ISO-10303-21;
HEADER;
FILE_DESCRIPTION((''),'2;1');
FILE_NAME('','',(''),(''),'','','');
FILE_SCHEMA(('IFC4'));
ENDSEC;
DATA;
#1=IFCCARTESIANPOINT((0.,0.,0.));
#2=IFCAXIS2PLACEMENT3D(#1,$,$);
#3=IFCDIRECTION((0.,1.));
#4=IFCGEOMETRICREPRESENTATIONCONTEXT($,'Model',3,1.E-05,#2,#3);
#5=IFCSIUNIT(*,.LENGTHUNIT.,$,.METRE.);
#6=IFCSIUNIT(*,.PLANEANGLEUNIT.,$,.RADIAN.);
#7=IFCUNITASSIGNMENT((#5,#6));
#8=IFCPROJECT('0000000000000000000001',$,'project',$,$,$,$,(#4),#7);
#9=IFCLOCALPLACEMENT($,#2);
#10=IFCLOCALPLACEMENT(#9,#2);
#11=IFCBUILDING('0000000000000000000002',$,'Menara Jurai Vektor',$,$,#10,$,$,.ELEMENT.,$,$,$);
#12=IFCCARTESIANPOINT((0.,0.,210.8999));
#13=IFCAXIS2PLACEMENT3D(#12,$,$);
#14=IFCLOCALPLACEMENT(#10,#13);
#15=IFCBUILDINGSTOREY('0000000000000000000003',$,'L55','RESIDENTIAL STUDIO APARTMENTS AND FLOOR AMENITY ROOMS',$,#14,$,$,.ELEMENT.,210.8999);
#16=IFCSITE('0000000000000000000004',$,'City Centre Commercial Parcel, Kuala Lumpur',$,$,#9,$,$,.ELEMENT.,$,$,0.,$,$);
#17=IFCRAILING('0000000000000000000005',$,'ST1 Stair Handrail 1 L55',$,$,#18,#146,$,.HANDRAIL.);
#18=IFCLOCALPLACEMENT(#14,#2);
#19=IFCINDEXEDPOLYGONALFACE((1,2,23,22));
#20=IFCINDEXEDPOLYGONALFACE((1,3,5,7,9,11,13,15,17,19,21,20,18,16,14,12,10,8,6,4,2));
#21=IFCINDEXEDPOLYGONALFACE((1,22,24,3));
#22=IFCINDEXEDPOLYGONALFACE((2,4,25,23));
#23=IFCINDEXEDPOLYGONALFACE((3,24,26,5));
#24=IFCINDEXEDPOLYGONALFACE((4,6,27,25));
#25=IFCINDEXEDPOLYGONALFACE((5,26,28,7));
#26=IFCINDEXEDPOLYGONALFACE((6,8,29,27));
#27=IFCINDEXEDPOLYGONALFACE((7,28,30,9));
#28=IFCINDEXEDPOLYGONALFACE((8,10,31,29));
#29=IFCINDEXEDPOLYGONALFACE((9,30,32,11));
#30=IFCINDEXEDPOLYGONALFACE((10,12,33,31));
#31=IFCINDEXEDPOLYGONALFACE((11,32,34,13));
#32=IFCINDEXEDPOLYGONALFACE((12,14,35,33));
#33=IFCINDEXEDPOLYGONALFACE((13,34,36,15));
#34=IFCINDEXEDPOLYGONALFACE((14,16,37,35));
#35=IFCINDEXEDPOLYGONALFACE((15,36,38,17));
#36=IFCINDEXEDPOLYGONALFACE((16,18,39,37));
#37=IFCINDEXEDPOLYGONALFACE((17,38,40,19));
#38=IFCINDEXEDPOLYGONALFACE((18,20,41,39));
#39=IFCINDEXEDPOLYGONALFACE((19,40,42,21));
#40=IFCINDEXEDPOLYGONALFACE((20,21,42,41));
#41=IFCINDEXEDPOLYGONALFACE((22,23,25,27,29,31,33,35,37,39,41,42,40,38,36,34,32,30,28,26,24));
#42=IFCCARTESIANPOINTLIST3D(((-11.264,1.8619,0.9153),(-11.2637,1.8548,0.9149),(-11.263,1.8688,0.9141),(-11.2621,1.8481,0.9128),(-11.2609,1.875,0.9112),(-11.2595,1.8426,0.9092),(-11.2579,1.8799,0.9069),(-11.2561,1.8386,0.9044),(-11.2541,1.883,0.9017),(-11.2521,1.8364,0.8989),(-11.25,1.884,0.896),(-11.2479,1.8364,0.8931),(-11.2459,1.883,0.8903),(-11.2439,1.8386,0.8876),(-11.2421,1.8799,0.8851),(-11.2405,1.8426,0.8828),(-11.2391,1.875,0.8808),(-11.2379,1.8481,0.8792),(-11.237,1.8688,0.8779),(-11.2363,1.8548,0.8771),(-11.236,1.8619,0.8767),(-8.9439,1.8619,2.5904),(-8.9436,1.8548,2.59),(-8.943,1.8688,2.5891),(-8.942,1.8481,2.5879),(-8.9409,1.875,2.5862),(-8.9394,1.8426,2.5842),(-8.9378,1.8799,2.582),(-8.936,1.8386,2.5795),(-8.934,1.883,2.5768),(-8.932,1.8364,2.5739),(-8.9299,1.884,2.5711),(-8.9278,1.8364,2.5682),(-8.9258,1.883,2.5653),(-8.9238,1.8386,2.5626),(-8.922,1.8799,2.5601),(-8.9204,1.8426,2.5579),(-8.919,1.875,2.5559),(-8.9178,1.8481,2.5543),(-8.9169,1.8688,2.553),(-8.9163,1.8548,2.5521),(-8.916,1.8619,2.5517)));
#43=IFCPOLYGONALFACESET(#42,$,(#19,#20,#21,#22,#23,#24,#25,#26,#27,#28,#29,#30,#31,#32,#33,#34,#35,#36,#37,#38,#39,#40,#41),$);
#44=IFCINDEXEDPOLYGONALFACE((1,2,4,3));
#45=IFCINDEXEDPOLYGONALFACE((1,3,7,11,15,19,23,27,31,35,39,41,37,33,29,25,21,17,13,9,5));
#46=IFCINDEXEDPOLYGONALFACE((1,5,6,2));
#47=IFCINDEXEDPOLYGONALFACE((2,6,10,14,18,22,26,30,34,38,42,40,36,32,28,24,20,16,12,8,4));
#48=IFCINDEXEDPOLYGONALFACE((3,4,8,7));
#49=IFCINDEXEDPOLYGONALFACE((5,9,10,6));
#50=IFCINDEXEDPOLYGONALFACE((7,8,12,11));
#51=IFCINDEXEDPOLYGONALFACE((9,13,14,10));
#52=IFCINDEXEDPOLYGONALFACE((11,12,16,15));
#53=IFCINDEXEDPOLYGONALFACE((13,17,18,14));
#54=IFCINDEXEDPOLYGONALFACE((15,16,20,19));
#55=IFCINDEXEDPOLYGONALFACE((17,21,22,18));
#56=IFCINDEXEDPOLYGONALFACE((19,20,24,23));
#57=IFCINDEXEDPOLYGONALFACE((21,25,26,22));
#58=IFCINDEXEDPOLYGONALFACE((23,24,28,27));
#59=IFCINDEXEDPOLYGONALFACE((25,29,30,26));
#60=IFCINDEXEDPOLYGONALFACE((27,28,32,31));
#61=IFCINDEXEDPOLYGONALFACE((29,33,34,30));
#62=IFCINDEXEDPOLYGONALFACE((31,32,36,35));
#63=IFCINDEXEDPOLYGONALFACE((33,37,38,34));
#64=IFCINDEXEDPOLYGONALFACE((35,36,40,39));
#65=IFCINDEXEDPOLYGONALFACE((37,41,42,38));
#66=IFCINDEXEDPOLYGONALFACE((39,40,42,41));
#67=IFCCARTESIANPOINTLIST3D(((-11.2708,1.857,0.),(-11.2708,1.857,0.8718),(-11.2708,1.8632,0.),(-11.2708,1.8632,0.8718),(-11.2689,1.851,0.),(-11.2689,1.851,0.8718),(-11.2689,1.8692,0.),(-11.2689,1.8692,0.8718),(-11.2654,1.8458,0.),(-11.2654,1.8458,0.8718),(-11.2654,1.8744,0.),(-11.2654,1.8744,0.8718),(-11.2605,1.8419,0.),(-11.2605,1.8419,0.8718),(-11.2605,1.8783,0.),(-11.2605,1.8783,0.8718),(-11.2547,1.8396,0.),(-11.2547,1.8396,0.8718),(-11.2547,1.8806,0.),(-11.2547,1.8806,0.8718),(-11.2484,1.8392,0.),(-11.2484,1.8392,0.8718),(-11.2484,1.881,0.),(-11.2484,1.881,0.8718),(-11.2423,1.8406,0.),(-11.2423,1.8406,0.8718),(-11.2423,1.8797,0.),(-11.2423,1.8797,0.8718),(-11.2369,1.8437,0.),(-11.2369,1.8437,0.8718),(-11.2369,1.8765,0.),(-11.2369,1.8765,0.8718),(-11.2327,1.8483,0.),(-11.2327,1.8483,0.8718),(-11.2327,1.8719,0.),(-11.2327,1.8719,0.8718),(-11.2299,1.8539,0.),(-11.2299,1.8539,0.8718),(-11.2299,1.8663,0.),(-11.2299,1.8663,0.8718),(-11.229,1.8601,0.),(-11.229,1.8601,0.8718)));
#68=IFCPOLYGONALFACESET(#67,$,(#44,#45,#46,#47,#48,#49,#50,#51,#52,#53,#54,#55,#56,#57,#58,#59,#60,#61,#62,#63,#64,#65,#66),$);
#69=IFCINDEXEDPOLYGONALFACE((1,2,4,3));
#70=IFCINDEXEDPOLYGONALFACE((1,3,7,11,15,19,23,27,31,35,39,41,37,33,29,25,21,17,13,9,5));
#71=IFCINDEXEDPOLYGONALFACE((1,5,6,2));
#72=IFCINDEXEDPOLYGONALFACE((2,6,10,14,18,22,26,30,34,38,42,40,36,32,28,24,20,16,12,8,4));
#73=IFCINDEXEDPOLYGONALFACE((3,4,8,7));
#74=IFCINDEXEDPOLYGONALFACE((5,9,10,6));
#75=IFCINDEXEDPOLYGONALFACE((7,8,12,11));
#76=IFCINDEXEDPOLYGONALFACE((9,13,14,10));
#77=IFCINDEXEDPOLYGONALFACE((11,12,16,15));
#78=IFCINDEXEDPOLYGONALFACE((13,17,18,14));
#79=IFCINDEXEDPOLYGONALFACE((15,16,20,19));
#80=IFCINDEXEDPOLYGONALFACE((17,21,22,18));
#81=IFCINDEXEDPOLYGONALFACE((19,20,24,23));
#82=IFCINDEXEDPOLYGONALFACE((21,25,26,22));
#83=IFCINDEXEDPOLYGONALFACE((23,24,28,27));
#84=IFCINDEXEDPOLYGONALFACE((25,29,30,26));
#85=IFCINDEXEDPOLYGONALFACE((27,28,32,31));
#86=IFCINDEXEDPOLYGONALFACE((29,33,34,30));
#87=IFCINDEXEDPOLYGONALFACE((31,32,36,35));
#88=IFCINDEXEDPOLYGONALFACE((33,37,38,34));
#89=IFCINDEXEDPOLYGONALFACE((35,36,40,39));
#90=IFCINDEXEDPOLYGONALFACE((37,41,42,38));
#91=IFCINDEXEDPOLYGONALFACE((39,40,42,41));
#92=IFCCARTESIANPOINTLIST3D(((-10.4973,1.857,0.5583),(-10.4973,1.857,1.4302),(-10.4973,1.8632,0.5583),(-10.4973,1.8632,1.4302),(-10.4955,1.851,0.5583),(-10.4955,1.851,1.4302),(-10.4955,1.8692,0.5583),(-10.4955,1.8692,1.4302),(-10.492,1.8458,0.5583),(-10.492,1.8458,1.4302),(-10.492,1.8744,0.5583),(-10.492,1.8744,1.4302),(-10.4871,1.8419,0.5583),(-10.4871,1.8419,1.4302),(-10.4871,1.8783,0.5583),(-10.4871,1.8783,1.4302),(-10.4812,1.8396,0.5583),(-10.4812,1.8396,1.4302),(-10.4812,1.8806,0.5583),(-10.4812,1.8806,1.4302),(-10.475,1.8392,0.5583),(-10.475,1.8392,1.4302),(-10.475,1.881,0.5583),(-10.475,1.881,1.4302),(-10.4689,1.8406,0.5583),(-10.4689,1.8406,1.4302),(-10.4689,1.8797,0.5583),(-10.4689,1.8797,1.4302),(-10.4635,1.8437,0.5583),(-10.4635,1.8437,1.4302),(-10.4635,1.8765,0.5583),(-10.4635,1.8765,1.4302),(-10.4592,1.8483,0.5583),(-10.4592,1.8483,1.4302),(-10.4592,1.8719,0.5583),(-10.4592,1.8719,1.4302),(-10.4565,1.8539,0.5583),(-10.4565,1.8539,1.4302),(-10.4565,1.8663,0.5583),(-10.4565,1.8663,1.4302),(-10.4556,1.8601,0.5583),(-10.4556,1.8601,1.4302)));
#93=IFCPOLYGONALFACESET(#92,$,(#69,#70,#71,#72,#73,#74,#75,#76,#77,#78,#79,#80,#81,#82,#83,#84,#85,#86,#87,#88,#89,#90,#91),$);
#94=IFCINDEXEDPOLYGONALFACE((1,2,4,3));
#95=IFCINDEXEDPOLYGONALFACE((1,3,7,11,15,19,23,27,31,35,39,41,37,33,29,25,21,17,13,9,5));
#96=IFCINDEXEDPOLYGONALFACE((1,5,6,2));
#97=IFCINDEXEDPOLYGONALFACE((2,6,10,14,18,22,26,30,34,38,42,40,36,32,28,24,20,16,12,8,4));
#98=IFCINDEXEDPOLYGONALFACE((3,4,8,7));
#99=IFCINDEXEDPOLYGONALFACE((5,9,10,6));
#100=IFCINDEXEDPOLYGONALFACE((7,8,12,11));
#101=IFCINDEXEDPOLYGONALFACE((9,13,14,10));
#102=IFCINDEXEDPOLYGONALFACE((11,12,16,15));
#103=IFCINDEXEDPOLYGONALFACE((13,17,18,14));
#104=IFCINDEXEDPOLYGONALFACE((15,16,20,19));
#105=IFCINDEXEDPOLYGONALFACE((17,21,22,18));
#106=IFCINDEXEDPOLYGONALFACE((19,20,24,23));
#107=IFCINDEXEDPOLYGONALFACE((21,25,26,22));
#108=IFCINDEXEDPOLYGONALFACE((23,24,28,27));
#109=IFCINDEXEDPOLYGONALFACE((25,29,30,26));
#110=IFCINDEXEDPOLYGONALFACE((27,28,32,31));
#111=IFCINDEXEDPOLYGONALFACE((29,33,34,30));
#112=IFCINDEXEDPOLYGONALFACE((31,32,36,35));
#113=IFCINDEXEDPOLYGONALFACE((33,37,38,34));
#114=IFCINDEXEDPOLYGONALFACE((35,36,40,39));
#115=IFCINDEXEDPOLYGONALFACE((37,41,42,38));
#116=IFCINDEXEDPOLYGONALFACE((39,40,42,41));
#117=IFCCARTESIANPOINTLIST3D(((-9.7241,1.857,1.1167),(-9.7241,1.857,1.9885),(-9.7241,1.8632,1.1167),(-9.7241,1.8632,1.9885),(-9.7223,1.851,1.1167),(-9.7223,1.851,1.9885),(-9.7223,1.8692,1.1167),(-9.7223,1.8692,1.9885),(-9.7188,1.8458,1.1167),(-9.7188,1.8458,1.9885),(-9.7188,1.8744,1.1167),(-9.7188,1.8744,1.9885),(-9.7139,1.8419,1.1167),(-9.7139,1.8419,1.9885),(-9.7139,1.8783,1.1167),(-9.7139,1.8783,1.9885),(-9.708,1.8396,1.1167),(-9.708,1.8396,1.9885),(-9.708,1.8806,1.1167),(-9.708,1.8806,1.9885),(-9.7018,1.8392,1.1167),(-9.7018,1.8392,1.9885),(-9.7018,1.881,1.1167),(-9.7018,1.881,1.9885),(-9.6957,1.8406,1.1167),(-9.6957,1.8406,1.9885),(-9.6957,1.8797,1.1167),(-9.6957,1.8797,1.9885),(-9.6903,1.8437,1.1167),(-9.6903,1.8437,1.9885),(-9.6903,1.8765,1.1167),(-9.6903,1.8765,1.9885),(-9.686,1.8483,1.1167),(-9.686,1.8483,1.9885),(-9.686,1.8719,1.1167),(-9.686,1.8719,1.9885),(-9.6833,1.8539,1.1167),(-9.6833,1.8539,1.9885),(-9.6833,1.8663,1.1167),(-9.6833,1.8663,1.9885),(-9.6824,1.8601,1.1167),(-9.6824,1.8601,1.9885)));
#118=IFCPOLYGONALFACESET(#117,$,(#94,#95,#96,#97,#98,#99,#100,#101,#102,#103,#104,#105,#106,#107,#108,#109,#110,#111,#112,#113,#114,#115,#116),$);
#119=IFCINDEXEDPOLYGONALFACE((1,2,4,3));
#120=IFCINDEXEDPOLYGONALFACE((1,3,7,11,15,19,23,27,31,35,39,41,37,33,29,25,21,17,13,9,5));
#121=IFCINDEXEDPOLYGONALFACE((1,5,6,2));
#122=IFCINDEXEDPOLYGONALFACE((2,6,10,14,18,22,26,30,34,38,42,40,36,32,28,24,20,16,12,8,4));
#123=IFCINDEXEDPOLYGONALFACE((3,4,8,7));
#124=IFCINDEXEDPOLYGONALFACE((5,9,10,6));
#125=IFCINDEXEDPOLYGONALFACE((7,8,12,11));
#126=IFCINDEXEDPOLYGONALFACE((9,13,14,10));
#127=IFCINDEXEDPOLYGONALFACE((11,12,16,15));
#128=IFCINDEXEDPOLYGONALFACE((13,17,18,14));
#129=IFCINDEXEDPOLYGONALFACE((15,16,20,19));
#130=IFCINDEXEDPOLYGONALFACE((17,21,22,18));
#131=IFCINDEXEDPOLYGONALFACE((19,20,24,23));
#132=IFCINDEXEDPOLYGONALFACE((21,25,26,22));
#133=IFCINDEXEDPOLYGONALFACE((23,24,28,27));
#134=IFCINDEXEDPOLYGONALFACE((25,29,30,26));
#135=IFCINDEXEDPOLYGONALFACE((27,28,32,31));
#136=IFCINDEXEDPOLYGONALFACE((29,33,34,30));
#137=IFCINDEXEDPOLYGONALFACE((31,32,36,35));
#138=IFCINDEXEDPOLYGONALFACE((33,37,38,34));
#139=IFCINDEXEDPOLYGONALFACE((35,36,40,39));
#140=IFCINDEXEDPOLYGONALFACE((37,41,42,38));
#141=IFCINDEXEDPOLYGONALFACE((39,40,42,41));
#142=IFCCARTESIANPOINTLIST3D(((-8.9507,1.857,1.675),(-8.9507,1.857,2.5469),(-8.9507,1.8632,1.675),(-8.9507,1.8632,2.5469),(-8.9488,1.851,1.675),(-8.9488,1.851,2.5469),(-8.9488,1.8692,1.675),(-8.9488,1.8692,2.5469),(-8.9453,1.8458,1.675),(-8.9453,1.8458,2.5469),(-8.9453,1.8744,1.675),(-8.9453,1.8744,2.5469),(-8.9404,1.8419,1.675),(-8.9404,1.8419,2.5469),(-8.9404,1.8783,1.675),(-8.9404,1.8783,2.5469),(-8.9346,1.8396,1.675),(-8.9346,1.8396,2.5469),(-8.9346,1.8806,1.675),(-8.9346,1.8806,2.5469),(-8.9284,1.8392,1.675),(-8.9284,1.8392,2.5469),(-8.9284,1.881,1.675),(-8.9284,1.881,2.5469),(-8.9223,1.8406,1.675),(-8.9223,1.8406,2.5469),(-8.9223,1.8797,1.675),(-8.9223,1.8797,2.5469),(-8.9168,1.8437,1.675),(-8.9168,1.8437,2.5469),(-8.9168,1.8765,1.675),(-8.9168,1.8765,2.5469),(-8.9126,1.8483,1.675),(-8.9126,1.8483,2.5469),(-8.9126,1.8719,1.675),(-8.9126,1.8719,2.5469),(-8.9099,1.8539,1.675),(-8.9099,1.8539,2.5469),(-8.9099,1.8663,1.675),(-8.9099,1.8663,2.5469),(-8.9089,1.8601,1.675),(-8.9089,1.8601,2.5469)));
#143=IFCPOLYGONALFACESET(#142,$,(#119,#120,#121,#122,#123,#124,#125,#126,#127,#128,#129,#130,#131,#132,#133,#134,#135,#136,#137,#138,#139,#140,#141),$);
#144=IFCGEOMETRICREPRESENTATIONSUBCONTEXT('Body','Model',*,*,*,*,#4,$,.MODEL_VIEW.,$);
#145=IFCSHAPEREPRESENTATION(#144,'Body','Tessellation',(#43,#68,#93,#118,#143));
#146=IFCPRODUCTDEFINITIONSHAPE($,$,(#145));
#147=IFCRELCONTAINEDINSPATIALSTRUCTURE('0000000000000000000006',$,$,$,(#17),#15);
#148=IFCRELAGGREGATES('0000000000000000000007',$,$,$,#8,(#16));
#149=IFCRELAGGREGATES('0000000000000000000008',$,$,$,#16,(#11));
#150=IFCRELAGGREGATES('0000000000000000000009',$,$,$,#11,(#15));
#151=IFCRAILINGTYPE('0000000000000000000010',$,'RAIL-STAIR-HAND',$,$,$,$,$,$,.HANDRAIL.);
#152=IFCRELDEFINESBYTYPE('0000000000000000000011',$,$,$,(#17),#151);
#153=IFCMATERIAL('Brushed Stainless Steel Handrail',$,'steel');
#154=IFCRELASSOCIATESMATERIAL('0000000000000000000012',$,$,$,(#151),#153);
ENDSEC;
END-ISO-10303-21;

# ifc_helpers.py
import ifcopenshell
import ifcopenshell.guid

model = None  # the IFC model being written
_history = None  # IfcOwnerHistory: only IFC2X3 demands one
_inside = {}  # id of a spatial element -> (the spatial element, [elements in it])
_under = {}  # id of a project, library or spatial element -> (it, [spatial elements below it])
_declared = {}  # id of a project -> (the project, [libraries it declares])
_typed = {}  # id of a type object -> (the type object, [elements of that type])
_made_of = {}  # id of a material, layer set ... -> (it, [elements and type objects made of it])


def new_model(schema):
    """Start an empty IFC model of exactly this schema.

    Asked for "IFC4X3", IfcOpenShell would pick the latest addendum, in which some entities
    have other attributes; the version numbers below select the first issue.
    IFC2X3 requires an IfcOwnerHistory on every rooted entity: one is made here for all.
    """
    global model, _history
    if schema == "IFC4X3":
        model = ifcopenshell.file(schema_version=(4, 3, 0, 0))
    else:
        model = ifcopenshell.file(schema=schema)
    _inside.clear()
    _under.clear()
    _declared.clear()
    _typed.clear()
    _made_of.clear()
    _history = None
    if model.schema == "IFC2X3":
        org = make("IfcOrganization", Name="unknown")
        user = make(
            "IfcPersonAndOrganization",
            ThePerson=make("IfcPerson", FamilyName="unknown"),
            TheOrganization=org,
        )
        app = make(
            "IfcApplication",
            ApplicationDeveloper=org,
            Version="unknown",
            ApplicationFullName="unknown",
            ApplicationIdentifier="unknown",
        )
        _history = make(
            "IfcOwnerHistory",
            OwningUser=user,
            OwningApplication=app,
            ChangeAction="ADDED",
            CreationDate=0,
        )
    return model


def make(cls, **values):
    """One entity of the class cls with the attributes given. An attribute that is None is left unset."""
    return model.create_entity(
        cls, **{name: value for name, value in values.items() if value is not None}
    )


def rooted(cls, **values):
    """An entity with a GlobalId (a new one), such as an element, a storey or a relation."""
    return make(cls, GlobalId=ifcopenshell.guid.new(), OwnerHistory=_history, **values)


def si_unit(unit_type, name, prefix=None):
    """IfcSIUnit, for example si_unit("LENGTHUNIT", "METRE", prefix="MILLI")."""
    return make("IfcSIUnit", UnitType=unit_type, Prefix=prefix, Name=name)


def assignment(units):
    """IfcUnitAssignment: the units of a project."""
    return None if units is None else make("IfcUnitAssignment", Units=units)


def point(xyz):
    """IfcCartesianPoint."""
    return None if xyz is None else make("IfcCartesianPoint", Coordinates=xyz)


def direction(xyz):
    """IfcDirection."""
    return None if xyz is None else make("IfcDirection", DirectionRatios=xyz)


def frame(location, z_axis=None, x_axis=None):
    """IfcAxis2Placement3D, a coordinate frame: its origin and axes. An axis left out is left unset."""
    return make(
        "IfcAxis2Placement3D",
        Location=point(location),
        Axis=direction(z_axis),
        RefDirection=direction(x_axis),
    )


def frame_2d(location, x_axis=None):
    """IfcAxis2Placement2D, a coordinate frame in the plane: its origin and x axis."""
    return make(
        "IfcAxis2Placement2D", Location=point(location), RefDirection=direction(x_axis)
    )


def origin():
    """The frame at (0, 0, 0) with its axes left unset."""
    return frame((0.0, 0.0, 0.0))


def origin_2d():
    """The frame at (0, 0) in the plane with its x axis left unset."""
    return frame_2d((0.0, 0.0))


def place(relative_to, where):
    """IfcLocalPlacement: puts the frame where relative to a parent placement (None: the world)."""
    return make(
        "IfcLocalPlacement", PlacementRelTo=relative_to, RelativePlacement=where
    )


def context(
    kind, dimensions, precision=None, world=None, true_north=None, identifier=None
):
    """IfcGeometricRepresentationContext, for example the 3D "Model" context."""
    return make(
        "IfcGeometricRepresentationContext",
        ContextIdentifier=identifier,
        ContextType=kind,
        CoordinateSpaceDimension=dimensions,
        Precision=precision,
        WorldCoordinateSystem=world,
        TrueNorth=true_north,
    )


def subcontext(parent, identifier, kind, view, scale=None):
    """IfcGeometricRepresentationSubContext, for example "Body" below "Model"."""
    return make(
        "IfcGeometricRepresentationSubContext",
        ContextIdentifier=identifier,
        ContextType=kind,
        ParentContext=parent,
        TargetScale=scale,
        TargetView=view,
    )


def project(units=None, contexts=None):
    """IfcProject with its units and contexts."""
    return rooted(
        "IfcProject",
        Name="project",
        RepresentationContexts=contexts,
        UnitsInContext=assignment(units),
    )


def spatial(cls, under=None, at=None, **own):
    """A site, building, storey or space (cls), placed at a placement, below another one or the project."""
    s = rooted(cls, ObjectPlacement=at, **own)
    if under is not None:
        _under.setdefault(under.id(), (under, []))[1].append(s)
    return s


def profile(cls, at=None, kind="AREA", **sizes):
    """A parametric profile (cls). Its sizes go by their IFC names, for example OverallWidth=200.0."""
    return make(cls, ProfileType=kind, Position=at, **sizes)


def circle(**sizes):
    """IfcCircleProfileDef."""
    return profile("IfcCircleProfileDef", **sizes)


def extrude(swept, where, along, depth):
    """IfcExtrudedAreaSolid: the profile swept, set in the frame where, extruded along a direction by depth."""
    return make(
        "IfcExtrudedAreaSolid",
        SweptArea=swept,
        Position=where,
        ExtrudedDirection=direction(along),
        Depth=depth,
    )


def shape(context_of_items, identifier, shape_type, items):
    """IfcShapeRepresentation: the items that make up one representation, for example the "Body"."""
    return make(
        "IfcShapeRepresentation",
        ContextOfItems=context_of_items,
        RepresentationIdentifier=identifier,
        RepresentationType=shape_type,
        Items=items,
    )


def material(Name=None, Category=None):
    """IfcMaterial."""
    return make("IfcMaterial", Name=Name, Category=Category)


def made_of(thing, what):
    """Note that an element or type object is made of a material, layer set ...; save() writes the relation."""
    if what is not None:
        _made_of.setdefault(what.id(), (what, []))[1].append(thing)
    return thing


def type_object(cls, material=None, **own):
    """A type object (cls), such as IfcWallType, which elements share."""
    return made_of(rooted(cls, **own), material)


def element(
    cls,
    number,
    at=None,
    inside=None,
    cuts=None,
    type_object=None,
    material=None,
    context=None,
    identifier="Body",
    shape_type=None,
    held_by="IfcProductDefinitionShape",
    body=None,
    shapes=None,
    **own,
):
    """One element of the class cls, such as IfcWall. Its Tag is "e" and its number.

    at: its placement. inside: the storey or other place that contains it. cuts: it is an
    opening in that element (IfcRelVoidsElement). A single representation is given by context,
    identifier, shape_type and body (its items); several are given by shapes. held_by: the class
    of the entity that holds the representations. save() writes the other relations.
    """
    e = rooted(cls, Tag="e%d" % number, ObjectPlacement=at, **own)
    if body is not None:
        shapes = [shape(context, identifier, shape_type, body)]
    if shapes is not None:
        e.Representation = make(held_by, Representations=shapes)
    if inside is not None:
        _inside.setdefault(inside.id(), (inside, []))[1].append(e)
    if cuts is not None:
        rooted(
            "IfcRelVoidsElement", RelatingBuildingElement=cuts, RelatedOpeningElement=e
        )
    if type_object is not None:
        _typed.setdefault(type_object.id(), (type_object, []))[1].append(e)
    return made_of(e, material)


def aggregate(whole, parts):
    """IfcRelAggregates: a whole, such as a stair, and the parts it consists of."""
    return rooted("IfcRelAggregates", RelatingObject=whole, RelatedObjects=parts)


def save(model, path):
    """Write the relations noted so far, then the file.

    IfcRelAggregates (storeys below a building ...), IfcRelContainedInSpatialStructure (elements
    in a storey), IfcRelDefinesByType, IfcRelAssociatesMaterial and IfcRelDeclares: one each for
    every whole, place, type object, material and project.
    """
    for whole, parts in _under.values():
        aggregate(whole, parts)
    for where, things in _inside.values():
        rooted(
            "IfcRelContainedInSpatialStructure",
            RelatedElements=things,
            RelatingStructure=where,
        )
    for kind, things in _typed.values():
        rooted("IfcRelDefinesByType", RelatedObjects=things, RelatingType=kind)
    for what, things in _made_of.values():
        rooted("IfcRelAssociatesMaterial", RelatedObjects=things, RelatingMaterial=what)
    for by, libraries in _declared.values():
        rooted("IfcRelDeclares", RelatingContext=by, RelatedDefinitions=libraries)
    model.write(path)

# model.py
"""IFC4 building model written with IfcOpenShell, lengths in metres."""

from ifc_helpers import new_model, si_unit, direction, frame, origin, origin_2d, place, context, subcontext, project, spatial, circle, extrude, material, type_object, element, save


model = new_model("IFC4")

# Units and contexts
model_context = context("Model", 3, precision=1e-05, world=origin(), true_north=direction((0.0, 1.0)))
body_context = subcontext(model_context, "Body", "Model", "MODEL_VIEW")
ifc_project = project(units=[si_unit("LENGTHUNIT", "METRE"), si_unit("PLANEANGLEUNIT", "RADIAN")], contexts=[model_context])

# Site, building, storey
site_placement = place(None, origin())
site = spatial("IfcSite", under=ifc_project, at=site_placement, Name="City Centre Commercial Parcel, Kuala Lumpur", CompositionType="ELEMENT", RefElevation=0.0)
building_placement = place(site_placement, origin())
building = spatial("IfcBuilding", under=site, at=building_placement, Name="Menara Jurai Vektor", CompositionType="ELEMENT")
storey_placement = place(building_placement, frame((0.0, 0.0, 210.8999)))
storey = spatial("IfcBuildingStorey", under=building, at=storey_placement, Name="L55", Description="RESIDENTIAL STUDIO APARTMENTS AND FLOOR AMENITY ROOMS", CompositionType="ELEMENT", Elevation=210.8999)

# Railing
ifc_material_1 = material(Name="Brushed Stainless Steel Handrail", Category="steel")
railing_type_1 = type_object("IfcRailingType", Name="RAIL-STAIR-HAND", PredefinedType="HANDRAIL", material=ifc_material_1)
railing_1_placement = place(storey_placement, frame((-11.25, 1.8601, 0.0)))
element("IfcRailing", 1, at=railing_1_placement, inside=storey, type_object=railing_type_1, Name="ST1 Stair Handrail 1 L55", PredefinedType="HANDRAIL", context=body_context, shape_type="SweptSolid", body=[
    extrude(circle(Radius=0.0239, at=origin_2d()), frame((0.0, 0.0, 0.896), z_axis=(0.810771, 0.0, 0.585363), x_axis=(0.0, 1.0, 0.0)), (0.0, 0.0, 1.0), 2.8616),
    extrude(circle(Radius=0.021, at=origin_2d()), origin(), (0.0, 0.0, 1.0), 0.8718),
    extrude(circle(Radius=0.021, at=origin_2d()), frame((0.7734, 0.0, 0.5583)), (0.0, 0.0, 1.0), 0.8718),
    extrude(circle(Radius=0.021, at=origin_2d()), frame((1.5466, 0.0, 1.1167)), (0.0, 0.0, 1.0), 0.8718),
    extrude(circle(Radius=0.021, at=origin_2d()), frame((2.3201, 0.0, 1.675)), (0.0, 0.0, 1.0), 0.8718),
])

save(model, "model.ifc")
